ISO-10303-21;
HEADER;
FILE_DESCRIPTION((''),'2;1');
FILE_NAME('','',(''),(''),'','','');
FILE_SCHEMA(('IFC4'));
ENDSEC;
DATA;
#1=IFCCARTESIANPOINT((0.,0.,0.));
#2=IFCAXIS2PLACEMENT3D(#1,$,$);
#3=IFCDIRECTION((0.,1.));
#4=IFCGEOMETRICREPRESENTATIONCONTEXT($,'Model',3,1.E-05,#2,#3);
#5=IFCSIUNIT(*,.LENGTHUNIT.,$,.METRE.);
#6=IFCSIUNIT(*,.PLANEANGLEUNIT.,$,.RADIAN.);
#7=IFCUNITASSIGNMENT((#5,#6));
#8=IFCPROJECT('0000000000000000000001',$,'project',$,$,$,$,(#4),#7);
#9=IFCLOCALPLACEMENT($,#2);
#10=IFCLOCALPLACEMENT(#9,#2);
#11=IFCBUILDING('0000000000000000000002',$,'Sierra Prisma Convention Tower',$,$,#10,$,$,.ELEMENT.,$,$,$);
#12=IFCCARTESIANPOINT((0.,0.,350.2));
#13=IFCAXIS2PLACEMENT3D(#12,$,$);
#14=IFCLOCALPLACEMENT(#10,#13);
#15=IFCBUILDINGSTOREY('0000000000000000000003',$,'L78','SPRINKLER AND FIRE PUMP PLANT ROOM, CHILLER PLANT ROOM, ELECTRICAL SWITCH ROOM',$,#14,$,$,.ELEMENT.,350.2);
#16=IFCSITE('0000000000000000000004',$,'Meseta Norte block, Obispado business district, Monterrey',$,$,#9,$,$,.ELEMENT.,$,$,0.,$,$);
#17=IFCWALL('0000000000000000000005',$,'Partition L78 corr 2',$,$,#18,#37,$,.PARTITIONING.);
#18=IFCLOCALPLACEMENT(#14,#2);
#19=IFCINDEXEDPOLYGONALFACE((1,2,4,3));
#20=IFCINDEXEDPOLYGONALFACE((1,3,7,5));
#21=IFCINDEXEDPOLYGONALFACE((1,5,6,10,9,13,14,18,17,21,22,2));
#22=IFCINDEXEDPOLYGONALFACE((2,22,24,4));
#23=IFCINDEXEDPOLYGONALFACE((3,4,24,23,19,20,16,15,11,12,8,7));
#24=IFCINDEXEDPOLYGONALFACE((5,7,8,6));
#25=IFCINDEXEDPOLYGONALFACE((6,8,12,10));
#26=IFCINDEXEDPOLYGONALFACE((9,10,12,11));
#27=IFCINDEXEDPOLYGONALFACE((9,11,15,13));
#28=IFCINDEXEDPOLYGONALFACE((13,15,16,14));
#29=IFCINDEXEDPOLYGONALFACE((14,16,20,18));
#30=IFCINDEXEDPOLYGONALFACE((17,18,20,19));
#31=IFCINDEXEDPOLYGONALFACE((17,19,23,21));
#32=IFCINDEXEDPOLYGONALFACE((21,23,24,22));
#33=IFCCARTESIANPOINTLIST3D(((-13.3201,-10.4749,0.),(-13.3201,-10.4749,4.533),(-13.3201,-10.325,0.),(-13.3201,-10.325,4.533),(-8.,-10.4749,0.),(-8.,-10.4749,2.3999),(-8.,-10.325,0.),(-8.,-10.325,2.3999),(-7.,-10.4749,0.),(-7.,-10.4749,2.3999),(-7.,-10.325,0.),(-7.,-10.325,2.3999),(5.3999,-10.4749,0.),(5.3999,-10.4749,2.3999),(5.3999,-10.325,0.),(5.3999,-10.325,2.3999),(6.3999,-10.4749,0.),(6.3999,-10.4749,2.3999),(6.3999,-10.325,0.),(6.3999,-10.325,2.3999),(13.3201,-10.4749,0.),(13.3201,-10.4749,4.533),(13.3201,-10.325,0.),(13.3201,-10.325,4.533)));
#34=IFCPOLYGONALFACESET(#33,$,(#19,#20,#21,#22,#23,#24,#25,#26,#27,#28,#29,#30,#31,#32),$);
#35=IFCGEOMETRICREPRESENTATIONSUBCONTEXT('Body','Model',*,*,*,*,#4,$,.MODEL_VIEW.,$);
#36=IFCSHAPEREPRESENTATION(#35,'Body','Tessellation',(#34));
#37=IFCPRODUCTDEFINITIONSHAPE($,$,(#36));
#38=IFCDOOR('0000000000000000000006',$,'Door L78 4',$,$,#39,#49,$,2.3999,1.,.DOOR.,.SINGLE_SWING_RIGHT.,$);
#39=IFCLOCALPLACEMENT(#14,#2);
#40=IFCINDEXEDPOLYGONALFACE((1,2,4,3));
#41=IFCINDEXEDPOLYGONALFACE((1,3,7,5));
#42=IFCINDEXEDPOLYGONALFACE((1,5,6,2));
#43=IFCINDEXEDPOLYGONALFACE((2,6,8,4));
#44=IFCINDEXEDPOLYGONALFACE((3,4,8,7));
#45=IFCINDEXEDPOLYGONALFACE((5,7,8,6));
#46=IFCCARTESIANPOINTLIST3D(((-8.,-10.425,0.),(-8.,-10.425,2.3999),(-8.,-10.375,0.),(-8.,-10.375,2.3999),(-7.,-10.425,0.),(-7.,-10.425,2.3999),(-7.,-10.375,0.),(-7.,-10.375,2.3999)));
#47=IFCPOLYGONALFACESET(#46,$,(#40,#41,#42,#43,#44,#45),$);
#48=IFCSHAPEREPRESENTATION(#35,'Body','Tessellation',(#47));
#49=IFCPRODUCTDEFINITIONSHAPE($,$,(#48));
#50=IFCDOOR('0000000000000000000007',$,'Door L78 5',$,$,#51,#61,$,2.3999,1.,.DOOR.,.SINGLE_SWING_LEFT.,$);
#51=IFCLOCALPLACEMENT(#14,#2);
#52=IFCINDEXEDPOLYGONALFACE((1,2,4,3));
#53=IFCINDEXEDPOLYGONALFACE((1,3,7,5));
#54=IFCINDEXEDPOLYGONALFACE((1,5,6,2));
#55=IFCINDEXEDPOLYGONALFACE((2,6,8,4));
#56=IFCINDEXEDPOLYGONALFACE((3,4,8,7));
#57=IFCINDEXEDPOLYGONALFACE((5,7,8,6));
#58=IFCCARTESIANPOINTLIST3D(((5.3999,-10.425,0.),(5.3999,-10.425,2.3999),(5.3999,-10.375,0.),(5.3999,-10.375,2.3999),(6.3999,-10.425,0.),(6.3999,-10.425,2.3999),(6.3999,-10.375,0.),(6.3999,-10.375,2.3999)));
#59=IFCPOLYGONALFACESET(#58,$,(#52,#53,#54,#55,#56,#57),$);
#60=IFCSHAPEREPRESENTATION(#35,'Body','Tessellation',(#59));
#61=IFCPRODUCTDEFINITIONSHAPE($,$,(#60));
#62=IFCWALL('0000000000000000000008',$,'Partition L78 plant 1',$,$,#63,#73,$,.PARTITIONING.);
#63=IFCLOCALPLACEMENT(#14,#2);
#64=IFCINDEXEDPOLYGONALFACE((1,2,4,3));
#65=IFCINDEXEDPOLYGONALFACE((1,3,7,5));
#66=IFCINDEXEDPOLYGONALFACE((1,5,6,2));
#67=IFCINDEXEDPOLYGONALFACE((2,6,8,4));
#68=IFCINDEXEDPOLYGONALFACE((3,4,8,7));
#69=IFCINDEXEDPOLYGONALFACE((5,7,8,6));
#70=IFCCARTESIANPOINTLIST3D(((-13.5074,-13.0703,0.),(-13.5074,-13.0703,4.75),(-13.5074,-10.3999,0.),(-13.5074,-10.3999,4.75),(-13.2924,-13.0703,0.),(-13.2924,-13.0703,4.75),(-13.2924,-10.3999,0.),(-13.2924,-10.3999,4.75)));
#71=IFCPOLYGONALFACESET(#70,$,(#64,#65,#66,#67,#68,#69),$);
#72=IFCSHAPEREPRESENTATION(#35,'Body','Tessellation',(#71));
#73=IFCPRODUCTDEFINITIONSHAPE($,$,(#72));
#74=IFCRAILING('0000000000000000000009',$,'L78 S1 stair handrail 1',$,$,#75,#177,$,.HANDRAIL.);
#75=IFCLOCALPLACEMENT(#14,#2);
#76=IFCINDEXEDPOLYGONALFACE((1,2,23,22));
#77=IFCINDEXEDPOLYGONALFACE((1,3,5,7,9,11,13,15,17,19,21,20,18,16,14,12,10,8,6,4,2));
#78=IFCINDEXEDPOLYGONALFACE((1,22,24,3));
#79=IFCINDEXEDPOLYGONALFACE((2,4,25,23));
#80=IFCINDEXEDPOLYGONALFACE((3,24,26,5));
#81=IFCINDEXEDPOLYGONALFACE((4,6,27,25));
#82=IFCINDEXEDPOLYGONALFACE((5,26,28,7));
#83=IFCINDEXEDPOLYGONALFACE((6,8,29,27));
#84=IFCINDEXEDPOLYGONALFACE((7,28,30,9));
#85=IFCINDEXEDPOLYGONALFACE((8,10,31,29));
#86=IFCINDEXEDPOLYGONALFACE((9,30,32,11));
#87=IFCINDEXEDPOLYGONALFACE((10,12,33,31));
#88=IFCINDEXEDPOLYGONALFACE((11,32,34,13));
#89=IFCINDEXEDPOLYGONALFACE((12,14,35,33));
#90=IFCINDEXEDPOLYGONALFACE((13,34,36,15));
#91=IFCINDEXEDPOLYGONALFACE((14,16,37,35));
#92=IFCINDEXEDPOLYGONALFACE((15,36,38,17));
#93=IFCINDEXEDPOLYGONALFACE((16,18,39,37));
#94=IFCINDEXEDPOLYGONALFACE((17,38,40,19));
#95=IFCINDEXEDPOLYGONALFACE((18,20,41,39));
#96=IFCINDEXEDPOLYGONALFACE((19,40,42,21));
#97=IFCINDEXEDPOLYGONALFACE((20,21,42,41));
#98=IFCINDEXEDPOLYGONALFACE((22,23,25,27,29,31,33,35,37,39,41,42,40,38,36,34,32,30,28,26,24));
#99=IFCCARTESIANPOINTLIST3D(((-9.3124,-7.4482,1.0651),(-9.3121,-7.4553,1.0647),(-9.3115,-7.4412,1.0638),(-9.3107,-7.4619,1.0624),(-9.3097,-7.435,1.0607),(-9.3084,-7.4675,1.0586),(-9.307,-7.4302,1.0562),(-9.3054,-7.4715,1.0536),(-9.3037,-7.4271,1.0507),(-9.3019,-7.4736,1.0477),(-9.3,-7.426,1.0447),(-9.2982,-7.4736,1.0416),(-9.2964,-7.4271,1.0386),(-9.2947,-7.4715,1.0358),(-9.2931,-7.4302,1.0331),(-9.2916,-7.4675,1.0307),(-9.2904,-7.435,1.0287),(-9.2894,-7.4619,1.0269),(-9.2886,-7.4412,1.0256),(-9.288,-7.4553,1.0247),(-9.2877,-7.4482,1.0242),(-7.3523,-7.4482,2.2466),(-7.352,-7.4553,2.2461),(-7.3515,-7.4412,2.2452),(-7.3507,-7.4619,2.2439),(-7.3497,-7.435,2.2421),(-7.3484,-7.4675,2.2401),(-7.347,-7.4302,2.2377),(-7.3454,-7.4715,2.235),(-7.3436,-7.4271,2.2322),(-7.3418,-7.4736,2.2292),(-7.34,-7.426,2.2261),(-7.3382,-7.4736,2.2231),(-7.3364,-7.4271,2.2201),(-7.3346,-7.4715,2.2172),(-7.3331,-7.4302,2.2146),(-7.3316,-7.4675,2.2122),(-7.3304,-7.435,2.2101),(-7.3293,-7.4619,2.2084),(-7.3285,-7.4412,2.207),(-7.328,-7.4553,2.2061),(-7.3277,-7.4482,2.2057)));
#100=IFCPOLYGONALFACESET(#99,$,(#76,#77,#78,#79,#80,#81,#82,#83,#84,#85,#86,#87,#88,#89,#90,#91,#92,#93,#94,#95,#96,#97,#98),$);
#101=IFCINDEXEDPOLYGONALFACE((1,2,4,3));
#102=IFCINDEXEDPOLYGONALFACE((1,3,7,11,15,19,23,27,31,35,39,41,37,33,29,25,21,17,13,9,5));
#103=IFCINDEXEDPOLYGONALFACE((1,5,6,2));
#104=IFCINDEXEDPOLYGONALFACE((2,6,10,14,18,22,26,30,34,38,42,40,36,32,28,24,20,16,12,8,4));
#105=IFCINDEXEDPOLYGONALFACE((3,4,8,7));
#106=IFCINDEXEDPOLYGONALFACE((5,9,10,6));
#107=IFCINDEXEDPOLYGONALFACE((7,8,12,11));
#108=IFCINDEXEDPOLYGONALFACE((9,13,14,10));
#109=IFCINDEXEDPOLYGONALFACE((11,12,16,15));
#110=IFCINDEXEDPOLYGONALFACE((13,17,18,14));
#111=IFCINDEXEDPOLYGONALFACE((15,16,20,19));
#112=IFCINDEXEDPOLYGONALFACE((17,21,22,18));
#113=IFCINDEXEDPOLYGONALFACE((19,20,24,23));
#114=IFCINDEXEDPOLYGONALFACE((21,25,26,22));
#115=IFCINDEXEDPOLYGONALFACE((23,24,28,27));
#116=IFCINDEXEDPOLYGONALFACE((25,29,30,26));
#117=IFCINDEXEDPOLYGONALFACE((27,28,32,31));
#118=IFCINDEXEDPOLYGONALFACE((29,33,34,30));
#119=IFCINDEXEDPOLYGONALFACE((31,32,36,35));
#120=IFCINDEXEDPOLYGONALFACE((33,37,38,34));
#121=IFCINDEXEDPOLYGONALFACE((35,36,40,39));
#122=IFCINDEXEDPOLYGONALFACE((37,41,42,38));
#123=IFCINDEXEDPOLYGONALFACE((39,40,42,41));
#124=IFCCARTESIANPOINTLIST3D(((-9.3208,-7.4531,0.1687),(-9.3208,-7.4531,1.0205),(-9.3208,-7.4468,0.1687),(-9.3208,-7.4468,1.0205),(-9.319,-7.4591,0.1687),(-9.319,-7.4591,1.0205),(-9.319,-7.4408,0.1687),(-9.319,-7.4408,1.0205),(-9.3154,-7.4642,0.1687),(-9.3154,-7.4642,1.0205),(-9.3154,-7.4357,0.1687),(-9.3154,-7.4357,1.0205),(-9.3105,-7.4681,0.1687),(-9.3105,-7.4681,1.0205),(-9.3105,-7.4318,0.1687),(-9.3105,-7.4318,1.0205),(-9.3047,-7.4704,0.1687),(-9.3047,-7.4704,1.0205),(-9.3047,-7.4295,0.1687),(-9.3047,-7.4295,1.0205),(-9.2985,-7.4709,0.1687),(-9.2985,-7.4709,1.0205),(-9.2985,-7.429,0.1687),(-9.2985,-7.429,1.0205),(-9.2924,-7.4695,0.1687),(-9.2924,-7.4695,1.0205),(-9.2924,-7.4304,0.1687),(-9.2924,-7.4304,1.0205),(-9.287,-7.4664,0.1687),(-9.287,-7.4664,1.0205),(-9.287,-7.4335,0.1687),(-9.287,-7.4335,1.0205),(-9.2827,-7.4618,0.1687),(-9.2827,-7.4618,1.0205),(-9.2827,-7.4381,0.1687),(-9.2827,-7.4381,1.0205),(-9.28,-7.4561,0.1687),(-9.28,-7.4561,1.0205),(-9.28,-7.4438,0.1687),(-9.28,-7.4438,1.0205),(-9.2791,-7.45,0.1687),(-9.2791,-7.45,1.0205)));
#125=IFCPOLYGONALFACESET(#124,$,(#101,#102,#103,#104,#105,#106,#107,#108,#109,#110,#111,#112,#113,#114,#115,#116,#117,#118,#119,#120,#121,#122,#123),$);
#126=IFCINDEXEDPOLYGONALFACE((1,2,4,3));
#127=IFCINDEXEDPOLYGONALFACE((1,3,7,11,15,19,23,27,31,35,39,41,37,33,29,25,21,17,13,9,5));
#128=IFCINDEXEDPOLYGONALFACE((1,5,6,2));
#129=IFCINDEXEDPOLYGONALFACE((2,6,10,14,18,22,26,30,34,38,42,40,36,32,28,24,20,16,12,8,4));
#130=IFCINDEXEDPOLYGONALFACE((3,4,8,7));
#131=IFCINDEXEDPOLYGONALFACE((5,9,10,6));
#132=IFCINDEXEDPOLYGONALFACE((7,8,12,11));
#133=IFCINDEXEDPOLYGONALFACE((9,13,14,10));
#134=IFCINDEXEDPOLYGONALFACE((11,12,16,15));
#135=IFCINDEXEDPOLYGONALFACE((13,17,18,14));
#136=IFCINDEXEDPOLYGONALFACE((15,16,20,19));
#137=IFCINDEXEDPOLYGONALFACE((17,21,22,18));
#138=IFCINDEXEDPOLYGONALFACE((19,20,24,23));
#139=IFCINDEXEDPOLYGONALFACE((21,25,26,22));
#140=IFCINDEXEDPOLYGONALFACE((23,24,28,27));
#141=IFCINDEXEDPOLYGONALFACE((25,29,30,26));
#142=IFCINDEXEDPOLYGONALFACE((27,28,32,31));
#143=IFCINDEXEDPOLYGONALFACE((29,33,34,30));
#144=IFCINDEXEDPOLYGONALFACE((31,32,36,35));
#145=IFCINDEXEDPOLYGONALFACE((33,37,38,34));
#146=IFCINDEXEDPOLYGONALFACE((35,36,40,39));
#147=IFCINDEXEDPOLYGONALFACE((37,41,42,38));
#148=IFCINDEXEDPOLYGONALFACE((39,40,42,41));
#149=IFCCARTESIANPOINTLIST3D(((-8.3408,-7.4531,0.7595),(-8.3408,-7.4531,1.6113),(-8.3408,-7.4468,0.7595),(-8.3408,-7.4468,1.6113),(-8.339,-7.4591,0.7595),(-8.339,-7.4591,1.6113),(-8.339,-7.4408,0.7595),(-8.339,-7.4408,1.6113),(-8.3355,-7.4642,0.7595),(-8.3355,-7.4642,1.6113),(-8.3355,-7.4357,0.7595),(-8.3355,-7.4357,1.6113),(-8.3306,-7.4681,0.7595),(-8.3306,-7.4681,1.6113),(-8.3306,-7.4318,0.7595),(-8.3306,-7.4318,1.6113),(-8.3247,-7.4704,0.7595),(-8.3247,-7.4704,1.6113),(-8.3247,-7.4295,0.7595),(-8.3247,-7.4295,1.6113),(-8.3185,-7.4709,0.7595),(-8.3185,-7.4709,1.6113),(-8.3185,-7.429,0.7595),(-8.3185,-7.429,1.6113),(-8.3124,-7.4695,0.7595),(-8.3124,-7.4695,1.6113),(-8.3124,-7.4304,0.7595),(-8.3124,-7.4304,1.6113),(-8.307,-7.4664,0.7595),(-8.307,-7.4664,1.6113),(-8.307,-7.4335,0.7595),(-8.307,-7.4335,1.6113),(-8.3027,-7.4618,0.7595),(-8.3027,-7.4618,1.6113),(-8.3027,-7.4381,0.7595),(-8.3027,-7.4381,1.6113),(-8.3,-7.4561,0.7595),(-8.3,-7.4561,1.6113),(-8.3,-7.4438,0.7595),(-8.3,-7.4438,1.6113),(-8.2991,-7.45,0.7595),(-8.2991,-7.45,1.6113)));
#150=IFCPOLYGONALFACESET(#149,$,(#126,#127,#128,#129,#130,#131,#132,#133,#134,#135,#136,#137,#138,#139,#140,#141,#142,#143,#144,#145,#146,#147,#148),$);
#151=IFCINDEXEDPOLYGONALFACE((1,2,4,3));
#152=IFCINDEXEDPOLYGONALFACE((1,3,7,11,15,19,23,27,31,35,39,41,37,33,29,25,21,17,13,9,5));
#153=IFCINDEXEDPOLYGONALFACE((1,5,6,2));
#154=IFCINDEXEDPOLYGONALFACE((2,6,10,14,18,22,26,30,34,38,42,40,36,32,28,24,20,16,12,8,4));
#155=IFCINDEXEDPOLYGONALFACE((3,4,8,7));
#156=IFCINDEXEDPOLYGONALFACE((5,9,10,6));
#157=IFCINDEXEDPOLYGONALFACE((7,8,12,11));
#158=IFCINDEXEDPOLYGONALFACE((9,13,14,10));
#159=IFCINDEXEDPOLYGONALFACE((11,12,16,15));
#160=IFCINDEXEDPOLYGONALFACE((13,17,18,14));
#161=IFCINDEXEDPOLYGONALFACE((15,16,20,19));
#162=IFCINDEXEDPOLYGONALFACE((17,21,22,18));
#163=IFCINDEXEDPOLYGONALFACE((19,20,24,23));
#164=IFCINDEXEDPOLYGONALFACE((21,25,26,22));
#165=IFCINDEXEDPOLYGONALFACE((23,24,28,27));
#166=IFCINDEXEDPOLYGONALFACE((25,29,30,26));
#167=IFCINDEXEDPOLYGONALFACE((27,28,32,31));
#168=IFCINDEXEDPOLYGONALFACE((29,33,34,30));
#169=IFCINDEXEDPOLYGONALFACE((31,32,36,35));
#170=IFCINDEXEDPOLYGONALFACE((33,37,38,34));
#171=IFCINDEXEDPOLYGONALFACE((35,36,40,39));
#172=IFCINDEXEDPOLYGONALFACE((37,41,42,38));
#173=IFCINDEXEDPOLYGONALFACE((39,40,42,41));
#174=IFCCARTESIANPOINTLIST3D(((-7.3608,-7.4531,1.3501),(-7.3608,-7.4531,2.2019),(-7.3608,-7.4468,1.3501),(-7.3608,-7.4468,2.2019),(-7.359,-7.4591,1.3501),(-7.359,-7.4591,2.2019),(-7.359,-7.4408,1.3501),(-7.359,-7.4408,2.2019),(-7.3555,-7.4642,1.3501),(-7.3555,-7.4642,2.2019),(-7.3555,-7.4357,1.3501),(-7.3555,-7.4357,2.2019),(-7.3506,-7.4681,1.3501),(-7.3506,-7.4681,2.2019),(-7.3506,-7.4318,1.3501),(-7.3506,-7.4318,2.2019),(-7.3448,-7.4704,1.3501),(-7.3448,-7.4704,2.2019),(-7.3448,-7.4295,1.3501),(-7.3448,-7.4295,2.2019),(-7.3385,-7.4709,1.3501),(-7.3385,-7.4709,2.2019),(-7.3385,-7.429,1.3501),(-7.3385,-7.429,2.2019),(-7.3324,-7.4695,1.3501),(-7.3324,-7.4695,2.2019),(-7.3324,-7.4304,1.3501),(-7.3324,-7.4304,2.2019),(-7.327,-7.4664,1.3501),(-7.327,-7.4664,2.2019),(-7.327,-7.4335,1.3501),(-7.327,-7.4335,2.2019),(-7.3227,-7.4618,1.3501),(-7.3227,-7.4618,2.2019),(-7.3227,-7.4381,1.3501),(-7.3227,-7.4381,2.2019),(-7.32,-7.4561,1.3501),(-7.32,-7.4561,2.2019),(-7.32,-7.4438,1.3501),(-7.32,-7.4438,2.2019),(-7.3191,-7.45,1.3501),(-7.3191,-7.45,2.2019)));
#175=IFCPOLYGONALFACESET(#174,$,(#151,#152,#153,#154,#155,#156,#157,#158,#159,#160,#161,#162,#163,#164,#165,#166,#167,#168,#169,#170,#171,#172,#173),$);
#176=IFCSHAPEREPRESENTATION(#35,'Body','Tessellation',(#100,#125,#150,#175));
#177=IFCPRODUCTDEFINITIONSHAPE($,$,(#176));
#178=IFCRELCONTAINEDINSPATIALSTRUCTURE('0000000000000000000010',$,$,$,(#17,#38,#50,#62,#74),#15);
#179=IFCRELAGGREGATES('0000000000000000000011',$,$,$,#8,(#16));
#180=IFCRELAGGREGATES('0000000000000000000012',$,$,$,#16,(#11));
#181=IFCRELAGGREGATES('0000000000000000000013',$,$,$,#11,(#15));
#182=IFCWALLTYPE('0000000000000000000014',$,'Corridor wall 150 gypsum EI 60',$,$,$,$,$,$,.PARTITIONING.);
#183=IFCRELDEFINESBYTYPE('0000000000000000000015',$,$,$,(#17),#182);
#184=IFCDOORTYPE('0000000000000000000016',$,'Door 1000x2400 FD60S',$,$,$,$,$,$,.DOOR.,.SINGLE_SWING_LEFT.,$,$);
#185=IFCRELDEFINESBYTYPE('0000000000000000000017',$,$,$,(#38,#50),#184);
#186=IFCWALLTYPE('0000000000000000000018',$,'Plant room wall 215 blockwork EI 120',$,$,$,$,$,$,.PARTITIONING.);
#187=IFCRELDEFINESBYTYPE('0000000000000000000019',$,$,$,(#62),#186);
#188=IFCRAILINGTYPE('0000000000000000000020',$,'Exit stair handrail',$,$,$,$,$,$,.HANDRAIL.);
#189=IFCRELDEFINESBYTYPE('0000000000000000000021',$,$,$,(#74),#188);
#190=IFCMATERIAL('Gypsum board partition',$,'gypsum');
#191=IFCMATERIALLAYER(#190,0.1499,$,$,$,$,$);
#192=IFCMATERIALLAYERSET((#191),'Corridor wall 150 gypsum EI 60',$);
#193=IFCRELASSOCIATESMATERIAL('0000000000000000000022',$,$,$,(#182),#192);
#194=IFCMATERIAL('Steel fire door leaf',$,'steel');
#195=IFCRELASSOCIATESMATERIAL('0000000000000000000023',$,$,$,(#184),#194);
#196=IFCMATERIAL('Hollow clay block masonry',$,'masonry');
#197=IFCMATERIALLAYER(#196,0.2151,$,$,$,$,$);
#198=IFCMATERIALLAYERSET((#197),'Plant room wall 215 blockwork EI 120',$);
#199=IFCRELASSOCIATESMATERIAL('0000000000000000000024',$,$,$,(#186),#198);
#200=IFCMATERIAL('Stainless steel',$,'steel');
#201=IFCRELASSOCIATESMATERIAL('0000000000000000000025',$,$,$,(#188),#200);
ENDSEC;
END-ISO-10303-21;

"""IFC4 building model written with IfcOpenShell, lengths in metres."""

from ifc_helpers import new_model, si_unit, direction, frame, frame_2d, origin, origin_2d, place, context, subcontext, project, spatial, rectangle, circle, extrude, material, layer, layer_set, type_object, element, fill, save


model = new_model("IFC4")

# Units and contexts
model_context = context("Model", 3, precision=1e-05, world=origin(), true_north=direction((0.0, 1.0)))
body_context = subcontext(model_context, "Body", "Model", "MODEL_VIEW")
ifc_project = project(units=[si_unit("LENGTHUNIT", "METRE"), si_unit("PLANEANGLEUNIT", "RADIAN")], contexts=[model_context])

# Site, building, storey
site_placement = place(None, origin())
site = spatial("IfcSite", under=ifc_project, at=site_placement, Name="Meseta Norte block, Obispado business district, Monterrey", CompositionType="ELEMENT", RefElevation=0.0)
building_placement = place(site_placement, origin())
building = spatial("IfcBuilding", under=site, at=building_placement, Name="Sierra Prisma Convention Tower", CompositionType="ELEMENT")
storey_placement = place(building_placement, frame((0.0, 0.0, 350.2)))
storey = spatial("IfcBuildingStorey", under=building, at=storey_placement, Name="L78", Description="SPRINKLER AND FIRE PUMP PLANT ROOM, CHILLER PLANT ROOM, ELECTRICAL SWITCH ROOM", CompositionType="ELEMENT", Elevation=350.2)

# Wall, openings, doors
ifc_material_1 = material(Name="Gypsum board partition", Category="gypsum")
ifc_layer_1 = layer(ifc_material_1, 0.1499)
ifc_layer_set_1 = layer_set([ifc_layer_1], Name="Corridor wall 150 gypsum EI 60")
wall_type_1 = type_object("IfcWallType", Name="Corridor wall 150 gypsum EI 60", PredefinedType="PARTITIONING", material=ifc_layer_set_1)
wall_1_placement = place(storey_placement, frame((-13.3201, -10.3999, 0.0), z_axis=(0.0, 0.0, 1.0), x_axis=(1.0, 0.0, 0.0)))
wall_1 = element("IfcWall", 1, at=wall_1_placement, inside=storey, type_object=wall_type_1, Name="Partition L78 corr 2", PredefinedType="PARTITIONING", context=body_context, shape_type="SweptSolid", body=[
    extrude(rectangle(XDim=26.6401, YDim=0.1499, at=frame_2d((13.3201, 0.0))), origin(), (0.0, 0.0, 1.0), 4.533),
])
opening_1_placement = place(wall_1_placement, frame((5.3201, 0.0, 0.0)))
opening_1 = element("IfcOpeningElement", 2, at=opening_1_placement, cuts=wall_1, PredefinedType="OPENING", context=body_context, shape_type="SweptSolid", body=[
    extrude(rectangle(XDim=1.0, YDim=2.3999, at=frame_2d((0.5, 1.2))), frame((0.0, 0.075, 0.0), z_axis=(0.0, -1.0, 0.0), x_axis=(1.0, 0.0, 0.0)), (0.0, 0.0, 1.0), 0.1499),
])
opening_2_placement = place(wall_1_placement, frame((18.72, 0.0, 0.0)))
opening_2 = element("IfcOpeningElement", 3, at=opening_2_placement, cuts=wall_1, PredefinedType="OPENING", context=body_context, shape_type="SweptSolid", body=[
    extrude(rectangle(XDim=1.0, YDim=2.3999, at=frame_2d((0.5, 1.2))), frame((0.0, 0.075, 0.0), z_axis=(0.0, -1.0, 0.0), x_axis=(1.0, 0.0, 0.0)), (0.0, 0.0, 1.0), 0.1499),
])
ifc_material_2 = material(Name="Steel fire door leaf", Category="steel")
door_type_1 = type_object("IfcDoorType", Name="Door 1000x2400 FD60S", OperationType="SINGLE_SWING_LEFT", PredefinedType="DOOR", material=ifc_material_2)
door_1_placement = place(opening_1_placement, origin())
door_1 = element("IfcDoor", 4, at=door_1_placement, inside=storey, type_object=door_type_1, Name="Door L78 4", OperationType="SINGLE_SWING_RIGHT", OverallHeight=2.3999, OverallWidth=1.0, PredefinedType="DOOR", context=body_context, shape_type="SweptSolid", body=[
    extrude(rectangle(XDim=1.0, YDim=2.3999, at=frame_2d((0.5, 1.2))), frame((0.0, 0.0249, 0.0), z_axis=(0.0, -1.0, 0.0), x_axis=(1.0, 0.0, 0.0)), (0.0, 0.0, 1.0), 0.05),
])
fill(opening_1, door_1)
door_2_placement = place(opening_2_placement, origin())
door_2 = element("IfcDoor", 5, at=door_2_placement, inside=storey, type_object=door_type_1, Name="Door L78 5", OperationType="SINGLE_SWING_LEFT", OverallHeight=2.3999, OverallWidth=1.0, PredefinedType="DOOR", context=body_context, shape_type="SweptSolid", body=[
    extrude(rectangle(XDim=1.0, YDim=2.3999, at=frame_2d((0.5, 1.2))), frame((0.0, 0.0249, 0.0), z_axis=(0.0, -1.0, 0.0), x_axis=(1.0, 0.0, 0.0)), (0.0, 0.0, 1.0), 0.05),
])
fill(opening_2, door_2)

# Wall
ifc_material_3 = material(Name="Hollow clay block masonry", Category="masonry")
ifc_layer_2 = layer(ifc_material_3, 0.2151)
ifc_layer_set_2 = layer_set([ifc_layer_2], Name="Plant room wall 215 blockwork EI 120")
wall_type_2 = type_object("IfcWallType", Name="Plant room wall 215 blockwork EI 120", PredefinedType="PARTITIONING", material=ifc_layer_set_2)
wall_2_placement = place(storey_placement, frame((-13.3999, -10.3999, 0.0), z_axis=(0.0, 0.0, 1.0), x_axis=(0.0, -1.0, 0.0)))
element("IfcWall", 6, at=wall_2_placement, inside=storey, type_object=wall_type_2, Name="Partition L78 plant 1", PredefinedType="PARTITIONING", context=body_context, shape_type="SweptSolid", body=[
    extrude(rectangle(XDim=2.6704, YDim=0.2151, at=frame_2d((1.3352, 0.0))), origin(), (0.0, 0.0, 1.0), 4.75),
])

# Railing
ifc_material_4 = material(Name="Stainless steel", Category="steel")
railing_type = type_object("IfcRailingType", Name="Exit stair handrail", PredefinedType="HANDRAIL", material=ifc_material_4)
railing_1_placement = place(storey_placement, frame((-9.3, -7.45, 0.1687)))
element("IfcRailing", 7, at=railing_1_placement, inside=storey, type_object=railing_type, Name="L78 S1 stair handrail 1", PredefinedType="HANDRAIL", context=body_context, shape_type="SweptSolid", body=[
    extrude(circle(Radius=0.0239, at=origin_2d()), frame((0.0, 0.0, 0.876), z_axis=(0.856446, 0.0, 0.516236), x_axis=(0.0, 1.0, 0.0)), (0.0, 0.0, 1.0), 2.2886),
    extrude(circle(Radius=0.021, at=origin_2d()), origin(), (0.0, 0.0, 1.0), 0.8518),
    extrude(circle(Radius=0.021, at=origin_2d()), frame((0.98, 0.0, 0.5908)), (0.0, 0.0, 1.0), 0.8518),
    extrude(circle(Radius=0.021, at=origin_2d()), frame((1.96, 0.0, 1.1814)), (0.0, 0.0, 1.0), 0.8518),
])

save(model, "model.ifc")
